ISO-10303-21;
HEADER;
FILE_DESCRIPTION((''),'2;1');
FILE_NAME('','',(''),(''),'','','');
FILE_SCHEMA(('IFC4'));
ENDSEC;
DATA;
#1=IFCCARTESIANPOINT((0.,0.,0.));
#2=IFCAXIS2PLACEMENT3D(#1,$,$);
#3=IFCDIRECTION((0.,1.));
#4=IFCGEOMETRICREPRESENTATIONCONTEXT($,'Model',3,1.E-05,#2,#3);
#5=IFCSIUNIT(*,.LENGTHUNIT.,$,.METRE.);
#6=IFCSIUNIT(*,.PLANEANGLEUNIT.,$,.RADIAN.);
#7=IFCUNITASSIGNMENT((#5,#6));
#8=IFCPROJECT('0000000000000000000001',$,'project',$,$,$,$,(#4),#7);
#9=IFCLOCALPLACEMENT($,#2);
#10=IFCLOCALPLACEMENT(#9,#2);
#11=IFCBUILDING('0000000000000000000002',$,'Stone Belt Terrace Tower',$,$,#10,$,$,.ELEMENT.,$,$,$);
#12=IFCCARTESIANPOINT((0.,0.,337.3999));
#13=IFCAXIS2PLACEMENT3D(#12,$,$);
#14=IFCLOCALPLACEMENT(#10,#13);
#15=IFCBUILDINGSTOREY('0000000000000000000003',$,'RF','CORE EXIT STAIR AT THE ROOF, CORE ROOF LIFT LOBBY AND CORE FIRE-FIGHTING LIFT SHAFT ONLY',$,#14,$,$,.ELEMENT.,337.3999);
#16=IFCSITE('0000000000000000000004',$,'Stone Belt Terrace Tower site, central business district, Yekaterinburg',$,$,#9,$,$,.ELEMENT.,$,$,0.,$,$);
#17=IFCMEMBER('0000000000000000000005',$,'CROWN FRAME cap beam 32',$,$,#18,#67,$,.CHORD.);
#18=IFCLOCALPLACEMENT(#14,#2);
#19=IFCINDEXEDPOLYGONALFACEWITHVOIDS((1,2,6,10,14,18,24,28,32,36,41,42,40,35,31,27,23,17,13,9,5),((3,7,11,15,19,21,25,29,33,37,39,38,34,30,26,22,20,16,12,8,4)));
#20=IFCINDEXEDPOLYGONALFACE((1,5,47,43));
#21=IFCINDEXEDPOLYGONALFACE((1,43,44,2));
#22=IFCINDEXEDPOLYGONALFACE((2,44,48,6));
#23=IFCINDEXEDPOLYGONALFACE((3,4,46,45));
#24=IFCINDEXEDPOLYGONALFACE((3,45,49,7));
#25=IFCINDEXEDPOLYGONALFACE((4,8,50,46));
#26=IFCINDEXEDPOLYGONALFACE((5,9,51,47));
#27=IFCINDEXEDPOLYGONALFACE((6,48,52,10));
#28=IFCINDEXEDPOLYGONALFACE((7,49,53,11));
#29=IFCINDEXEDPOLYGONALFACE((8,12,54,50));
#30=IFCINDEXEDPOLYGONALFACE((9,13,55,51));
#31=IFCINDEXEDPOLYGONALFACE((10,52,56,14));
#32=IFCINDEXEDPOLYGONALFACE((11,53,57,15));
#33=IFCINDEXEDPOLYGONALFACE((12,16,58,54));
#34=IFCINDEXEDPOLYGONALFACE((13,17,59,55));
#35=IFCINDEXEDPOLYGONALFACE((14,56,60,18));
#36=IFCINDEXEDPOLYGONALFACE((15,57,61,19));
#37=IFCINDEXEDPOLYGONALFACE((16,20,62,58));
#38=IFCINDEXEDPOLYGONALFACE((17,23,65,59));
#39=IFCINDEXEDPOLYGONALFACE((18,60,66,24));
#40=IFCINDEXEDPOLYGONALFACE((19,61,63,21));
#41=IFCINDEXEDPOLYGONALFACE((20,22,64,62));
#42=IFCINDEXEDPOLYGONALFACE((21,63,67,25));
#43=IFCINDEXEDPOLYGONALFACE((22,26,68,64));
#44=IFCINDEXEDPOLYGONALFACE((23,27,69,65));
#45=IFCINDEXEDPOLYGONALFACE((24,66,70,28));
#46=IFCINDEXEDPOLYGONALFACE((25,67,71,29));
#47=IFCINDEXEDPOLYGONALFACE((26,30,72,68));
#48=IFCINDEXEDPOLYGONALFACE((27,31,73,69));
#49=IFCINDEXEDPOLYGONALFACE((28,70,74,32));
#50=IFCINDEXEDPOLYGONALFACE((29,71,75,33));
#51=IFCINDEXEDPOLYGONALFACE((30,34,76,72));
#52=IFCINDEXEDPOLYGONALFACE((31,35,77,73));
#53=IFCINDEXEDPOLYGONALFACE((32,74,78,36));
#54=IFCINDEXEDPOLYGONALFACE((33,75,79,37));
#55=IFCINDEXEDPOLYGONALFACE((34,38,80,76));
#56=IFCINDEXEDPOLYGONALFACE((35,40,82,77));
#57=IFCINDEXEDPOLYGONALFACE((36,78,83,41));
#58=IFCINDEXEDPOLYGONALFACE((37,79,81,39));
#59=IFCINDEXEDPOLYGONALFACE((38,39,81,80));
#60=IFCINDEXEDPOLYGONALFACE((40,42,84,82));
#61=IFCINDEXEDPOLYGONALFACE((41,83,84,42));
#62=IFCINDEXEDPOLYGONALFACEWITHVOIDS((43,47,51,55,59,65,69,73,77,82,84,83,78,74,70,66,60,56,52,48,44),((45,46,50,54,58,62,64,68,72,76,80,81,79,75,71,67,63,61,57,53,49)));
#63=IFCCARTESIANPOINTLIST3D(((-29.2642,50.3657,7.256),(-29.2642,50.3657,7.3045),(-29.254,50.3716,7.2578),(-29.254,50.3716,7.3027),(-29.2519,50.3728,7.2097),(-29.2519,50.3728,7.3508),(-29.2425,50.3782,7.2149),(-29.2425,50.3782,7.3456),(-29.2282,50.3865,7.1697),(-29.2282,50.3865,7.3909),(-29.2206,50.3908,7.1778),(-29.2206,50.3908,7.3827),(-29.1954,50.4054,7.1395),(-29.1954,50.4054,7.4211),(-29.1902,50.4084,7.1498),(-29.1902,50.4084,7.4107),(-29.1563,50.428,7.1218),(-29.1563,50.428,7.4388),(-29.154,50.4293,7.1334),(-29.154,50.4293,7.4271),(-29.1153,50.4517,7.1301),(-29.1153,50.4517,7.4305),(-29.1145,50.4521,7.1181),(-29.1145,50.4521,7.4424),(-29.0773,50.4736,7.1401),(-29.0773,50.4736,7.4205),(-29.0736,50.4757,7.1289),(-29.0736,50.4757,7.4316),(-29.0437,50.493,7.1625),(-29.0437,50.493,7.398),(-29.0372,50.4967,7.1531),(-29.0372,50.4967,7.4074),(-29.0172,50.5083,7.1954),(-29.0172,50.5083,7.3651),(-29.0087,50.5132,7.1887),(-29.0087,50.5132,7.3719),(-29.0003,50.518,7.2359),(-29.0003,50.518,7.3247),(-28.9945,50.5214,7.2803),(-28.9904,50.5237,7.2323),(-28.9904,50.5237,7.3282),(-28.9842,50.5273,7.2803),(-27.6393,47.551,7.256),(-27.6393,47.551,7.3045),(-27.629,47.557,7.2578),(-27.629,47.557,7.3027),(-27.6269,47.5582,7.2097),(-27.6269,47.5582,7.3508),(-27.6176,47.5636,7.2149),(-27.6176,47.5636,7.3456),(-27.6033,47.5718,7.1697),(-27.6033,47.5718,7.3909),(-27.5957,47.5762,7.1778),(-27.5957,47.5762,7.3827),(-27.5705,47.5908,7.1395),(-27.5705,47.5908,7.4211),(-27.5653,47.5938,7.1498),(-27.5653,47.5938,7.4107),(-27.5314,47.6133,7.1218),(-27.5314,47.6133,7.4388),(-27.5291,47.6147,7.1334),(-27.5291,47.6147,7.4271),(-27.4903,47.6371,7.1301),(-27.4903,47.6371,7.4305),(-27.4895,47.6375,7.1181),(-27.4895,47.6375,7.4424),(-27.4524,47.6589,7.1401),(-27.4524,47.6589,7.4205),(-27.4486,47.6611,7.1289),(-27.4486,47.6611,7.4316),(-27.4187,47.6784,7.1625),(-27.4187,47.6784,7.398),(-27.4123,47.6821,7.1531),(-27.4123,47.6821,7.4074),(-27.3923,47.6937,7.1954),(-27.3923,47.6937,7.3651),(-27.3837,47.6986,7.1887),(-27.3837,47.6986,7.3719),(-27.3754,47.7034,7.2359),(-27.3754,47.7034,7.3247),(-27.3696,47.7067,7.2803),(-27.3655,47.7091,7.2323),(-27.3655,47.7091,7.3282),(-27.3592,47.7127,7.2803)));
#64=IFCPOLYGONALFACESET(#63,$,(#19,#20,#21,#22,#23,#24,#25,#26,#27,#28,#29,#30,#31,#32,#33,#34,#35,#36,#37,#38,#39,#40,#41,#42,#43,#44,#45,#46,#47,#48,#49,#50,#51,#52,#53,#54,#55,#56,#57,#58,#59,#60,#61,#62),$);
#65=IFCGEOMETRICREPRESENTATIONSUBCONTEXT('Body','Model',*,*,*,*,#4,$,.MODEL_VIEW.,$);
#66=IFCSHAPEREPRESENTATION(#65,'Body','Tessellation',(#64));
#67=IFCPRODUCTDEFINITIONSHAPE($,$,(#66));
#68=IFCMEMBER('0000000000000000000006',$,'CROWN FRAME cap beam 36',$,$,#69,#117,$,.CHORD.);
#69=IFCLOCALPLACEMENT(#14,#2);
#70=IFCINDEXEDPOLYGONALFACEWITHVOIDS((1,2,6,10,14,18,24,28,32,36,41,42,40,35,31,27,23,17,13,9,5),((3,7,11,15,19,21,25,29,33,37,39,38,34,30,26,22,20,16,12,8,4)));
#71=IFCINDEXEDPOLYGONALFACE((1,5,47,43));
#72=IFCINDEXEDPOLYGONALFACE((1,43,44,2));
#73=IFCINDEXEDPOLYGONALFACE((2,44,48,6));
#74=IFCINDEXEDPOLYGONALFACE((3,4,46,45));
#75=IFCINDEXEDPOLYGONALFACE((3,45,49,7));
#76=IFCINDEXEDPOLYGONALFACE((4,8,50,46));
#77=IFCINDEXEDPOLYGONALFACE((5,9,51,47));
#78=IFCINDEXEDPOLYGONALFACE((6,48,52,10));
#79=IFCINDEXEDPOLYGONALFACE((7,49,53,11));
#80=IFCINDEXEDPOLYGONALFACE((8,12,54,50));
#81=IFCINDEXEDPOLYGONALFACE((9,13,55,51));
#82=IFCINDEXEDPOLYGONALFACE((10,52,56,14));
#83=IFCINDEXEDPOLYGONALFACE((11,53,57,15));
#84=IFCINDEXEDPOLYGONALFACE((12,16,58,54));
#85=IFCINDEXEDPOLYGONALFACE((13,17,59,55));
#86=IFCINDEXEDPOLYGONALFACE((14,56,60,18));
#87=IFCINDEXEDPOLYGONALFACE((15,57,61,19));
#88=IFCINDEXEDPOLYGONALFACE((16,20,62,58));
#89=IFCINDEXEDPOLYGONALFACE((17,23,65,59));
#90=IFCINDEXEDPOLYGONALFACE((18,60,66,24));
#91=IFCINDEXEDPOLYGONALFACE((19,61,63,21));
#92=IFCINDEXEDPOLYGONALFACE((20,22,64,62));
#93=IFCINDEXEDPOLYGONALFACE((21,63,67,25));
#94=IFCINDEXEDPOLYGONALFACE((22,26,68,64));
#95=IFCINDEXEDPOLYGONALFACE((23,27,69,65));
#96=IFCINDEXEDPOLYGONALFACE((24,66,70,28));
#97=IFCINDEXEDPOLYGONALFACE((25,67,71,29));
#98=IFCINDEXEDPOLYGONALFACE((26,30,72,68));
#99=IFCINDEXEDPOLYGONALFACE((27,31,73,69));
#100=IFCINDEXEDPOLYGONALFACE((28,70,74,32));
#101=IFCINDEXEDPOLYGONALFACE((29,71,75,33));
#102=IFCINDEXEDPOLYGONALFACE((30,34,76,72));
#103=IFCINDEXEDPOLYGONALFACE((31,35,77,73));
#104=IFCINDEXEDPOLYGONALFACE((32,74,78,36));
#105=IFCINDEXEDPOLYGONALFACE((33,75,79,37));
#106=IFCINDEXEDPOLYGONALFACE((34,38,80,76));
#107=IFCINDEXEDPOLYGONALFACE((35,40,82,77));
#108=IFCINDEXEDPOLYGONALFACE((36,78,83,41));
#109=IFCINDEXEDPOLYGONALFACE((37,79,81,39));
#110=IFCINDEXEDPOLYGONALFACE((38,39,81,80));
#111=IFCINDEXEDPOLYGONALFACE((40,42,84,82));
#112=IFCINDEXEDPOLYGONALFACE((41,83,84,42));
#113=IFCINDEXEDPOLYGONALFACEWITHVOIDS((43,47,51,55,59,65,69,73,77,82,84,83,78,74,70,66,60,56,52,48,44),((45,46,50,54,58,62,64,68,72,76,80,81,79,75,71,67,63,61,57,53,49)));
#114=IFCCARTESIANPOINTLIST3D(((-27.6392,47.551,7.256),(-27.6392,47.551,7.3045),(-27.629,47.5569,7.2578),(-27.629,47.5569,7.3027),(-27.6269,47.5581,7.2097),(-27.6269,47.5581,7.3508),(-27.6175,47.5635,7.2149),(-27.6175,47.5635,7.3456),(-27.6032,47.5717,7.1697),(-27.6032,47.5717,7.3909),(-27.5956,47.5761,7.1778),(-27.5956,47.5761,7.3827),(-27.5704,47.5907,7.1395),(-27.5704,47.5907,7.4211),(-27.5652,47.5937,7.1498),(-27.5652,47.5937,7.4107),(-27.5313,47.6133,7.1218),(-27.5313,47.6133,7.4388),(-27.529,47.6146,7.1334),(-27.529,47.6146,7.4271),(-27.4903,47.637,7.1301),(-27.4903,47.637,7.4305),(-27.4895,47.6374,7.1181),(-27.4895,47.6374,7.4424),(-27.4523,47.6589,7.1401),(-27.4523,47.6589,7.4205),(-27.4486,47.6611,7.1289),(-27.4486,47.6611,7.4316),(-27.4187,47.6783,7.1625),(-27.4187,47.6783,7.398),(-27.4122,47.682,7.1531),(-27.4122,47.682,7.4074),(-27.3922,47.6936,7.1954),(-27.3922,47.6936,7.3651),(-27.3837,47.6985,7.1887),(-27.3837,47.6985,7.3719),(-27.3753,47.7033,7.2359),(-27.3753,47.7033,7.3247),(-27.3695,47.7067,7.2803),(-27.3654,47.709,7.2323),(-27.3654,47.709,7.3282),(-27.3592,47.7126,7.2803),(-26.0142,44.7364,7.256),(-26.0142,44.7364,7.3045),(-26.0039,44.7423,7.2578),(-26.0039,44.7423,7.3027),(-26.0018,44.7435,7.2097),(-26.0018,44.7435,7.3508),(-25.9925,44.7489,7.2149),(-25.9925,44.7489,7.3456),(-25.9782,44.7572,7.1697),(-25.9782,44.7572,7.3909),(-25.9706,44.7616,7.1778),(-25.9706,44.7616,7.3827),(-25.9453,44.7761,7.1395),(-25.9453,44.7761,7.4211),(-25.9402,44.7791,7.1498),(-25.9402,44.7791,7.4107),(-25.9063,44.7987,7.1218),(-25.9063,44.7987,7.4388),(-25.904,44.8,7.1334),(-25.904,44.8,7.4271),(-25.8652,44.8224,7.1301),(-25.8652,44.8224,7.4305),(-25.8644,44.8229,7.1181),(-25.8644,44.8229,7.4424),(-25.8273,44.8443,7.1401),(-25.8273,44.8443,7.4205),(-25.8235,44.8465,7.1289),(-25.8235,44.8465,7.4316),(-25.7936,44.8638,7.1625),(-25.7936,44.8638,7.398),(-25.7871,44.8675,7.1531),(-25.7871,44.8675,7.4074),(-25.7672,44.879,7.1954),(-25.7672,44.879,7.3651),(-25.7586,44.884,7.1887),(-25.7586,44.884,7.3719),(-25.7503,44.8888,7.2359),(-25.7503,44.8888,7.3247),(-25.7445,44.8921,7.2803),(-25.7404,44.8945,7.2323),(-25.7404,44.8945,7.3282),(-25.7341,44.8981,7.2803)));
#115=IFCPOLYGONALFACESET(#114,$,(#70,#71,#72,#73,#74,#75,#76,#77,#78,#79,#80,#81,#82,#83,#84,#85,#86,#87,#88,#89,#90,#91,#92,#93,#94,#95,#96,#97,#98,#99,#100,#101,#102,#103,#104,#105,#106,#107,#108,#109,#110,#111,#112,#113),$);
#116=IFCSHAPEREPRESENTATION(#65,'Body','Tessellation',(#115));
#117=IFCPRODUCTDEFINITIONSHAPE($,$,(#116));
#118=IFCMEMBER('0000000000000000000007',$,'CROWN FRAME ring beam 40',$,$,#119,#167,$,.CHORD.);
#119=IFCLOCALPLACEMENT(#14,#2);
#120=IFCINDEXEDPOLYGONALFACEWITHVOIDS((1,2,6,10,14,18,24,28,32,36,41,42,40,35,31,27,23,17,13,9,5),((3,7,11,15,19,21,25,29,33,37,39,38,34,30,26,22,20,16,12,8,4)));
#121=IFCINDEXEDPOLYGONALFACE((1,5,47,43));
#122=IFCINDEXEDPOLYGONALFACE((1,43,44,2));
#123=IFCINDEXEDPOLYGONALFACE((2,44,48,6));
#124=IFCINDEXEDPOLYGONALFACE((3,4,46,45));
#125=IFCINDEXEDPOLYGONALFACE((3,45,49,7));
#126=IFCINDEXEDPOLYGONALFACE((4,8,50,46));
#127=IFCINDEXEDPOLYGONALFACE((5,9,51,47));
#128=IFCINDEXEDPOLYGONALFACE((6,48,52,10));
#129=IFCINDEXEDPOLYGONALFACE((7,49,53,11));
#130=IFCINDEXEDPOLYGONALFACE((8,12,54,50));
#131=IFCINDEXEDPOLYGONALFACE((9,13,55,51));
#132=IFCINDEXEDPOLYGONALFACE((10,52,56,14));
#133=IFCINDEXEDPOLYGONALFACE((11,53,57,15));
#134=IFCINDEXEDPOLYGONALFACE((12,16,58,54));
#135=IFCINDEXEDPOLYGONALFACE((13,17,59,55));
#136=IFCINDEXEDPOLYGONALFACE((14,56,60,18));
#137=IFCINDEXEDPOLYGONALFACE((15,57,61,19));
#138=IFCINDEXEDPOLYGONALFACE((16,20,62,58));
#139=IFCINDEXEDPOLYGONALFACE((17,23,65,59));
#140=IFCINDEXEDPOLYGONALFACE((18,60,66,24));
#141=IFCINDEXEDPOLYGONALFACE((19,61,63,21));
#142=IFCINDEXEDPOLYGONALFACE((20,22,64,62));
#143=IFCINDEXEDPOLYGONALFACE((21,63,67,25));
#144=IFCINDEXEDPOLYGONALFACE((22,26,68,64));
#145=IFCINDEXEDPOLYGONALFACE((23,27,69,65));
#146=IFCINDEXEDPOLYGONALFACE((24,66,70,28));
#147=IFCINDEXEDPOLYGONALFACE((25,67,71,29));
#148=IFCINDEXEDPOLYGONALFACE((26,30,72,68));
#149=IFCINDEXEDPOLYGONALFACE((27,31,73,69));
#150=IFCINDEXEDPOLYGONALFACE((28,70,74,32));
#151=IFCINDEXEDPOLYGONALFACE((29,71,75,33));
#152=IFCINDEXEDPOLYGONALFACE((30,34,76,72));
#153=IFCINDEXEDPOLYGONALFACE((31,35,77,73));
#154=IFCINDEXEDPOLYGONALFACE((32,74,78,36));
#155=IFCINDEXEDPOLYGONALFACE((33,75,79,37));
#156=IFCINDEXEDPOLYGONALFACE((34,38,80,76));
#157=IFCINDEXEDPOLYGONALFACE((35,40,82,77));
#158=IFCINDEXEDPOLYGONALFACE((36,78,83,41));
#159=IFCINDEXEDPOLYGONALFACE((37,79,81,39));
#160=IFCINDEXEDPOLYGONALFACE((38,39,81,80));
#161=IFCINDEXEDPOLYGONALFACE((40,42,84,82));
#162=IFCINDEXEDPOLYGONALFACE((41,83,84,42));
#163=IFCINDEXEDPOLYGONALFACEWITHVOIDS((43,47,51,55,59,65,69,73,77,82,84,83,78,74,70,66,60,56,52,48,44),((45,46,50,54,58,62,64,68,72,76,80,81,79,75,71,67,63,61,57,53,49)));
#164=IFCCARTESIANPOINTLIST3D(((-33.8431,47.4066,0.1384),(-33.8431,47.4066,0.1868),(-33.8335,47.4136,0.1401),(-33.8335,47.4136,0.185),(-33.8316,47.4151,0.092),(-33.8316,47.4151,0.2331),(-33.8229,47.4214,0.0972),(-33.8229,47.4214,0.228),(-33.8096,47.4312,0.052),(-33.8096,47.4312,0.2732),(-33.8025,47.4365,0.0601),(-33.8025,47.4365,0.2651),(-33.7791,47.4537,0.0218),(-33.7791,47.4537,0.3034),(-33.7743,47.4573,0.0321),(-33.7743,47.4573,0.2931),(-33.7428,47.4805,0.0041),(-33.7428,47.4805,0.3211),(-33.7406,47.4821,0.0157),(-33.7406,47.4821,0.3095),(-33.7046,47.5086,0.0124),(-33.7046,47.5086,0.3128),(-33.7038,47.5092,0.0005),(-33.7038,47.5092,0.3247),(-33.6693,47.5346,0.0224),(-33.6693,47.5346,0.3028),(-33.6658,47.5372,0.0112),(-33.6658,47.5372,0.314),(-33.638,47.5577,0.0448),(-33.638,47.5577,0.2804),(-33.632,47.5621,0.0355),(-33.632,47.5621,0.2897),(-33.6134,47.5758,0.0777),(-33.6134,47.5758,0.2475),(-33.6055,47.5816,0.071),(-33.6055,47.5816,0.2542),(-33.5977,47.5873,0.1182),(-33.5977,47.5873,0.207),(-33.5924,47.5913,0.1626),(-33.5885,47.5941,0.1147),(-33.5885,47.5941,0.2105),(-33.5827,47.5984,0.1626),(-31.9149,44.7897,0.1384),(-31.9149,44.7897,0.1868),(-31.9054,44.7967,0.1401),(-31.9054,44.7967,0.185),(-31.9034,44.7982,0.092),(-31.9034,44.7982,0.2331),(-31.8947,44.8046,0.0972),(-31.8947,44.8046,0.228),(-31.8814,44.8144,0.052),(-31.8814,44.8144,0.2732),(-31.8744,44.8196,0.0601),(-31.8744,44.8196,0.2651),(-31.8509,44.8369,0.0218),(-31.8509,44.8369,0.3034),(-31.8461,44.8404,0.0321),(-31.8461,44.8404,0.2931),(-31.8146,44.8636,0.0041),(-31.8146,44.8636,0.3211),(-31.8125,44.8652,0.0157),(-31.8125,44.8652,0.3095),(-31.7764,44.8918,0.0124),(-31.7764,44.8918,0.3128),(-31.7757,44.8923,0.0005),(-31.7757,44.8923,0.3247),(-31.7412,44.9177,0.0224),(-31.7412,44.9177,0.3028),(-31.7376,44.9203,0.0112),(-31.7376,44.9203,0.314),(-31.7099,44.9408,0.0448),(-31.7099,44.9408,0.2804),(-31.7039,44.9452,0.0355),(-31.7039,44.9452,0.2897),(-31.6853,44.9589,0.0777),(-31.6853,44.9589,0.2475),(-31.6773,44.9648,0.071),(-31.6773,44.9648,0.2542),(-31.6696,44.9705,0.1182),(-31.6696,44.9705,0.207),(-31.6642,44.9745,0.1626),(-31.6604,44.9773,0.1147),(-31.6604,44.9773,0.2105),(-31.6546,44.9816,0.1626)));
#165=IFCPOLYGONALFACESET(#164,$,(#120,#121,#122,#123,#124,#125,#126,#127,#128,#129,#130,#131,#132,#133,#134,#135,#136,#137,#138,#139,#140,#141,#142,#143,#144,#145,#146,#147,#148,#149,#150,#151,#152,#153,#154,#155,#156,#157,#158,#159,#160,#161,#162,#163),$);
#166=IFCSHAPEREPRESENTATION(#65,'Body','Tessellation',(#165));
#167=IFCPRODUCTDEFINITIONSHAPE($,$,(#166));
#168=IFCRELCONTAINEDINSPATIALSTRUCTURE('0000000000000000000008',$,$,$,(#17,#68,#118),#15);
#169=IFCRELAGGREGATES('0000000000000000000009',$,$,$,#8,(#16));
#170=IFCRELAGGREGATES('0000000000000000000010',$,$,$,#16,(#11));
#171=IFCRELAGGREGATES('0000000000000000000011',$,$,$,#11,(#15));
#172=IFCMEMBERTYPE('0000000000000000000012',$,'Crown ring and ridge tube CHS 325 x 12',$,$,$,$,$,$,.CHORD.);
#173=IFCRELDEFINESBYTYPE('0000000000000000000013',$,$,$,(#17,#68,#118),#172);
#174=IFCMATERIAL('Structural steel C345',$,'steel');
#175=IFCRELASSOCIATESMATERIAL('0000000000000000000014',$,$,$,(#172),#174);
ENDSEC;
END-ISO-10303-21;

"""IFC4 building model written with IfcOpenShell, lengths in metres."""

from ifc_helpers import new_model, si_unit, direction, frame, origin, origin_2d, place, context, subcontext, project, spatial, hollow_circle, extrude, material, material_profile, profile_set, type_object, element, save


model = new_model("IFC4")

# Units and contexts
model_context = context("Model", 3, precision=1e-05, world=origin(), true_north=direction((0.0, 1.0)))
body_context = subcontext(model_context, "Body", "Model", "MODEL_VIEW")
ifc_project = project(units=[si_unit("LENGTHUNIT", "METRE"), si_unit("PLANEANGLEUNIT", "RADIAN")], contexts=[model_context])

# Site, building, storey
site_placement = place(None, origin())
site = spatial("IfcSite", under=ifc_project, at=site_placement, Name="Stone Belt Terrace Tower site, central business district, Yekaterinburg", CompositionType="ELEMENT", RefElevation=0.0)
building_placement = place(site_placement, origin())
building = spatial("IfcBuilding", under=site, at=building_placement, Name="Stone Belt Terrace Tower", CompositionType="ELEMENT")
storey_placement = place(building_placement, frame((0.0, 0.0, 337.3999)))
storey = spatial("IfcBuildingStorey", under=building, at=storey_placement, Name="RF", Description="CORE EXIT STAIR AT THE ROOF, CORE ROOF LIFT LOBBY AND CORE FIRE-FIGHTING LIFT SHAFT ONLY", CompositionType="ELEMENT", Elevation=337.3999)

# Members
ifc_material_1 = material(Name="Structural steel C345", Category="steel")
ifc_material_profile_1 = material_profile(ifc_material_1, hollow_circle(Radius=0.1626, WallThickness=0.012, at=origin_2d()), Name="Structural steel C345 CHS 325x12")
ifc_profile_set_1 = profile_set([ifc_material_profile_1], Name="Structural steel C345")
member_type_1 = type_object("IfcMemberType", Name="Crown ring and ridge tube CHS 325 x 12", PredefinedType="CHORD", material=ifc_profile_set_1)
for number, where, z_axis, x_axis, name in (
    (1, (-29.125, 50.446, 7.2803), (0.499985, -0.866034, 0.0), (0.866034, 0.499985, 0.0), "CROWN FRAME cap beam 32"),
    (2, (-27.5, 47.6313, 7.2803), (0.500017, -0.866015, 0.0), (0.866015, 0.500017, 0.0), "CROWN FRAME cap beam 36"),
):
    element("IfcMember", number, at=place(storey_placement, frame(where, z_axis=z_axis, x_axis=x_axis)), inside=storey, type_object=member_type_1, Name=name, PredefinedType="CHORD", context=body_context, shape_type="SweptSolid", body=[
        extrude(hollow_circle(Radius=0.1626, WallThickness=0.012, at=origin_2d()), origin(), (0.0, 0.0, 1.0), 3.25),
    ])
member_1_placement = place(storey_placement, frame((-33.7136, 47.502, 0.1626), z_axis=(0.593189, -0.805063, 0.0), x_axis=(0.805063, 0.593189, 0.0)))
element("IfcMember", 3, at=member_1_placement, inside=storey, type_object=member_type_1, Name="CROWN FRAME ring beam 40", PredefinedType="CHORD", context=body_context, shape_type="SweptSolid", body=[
    extrude(hollow_circle(Radius=0.1626, WallThickness=0.012, at=origin_2d()), origin(), (0.0, 0.0, 1.0), 3.2505),
])

save(model, "model.ifc")
